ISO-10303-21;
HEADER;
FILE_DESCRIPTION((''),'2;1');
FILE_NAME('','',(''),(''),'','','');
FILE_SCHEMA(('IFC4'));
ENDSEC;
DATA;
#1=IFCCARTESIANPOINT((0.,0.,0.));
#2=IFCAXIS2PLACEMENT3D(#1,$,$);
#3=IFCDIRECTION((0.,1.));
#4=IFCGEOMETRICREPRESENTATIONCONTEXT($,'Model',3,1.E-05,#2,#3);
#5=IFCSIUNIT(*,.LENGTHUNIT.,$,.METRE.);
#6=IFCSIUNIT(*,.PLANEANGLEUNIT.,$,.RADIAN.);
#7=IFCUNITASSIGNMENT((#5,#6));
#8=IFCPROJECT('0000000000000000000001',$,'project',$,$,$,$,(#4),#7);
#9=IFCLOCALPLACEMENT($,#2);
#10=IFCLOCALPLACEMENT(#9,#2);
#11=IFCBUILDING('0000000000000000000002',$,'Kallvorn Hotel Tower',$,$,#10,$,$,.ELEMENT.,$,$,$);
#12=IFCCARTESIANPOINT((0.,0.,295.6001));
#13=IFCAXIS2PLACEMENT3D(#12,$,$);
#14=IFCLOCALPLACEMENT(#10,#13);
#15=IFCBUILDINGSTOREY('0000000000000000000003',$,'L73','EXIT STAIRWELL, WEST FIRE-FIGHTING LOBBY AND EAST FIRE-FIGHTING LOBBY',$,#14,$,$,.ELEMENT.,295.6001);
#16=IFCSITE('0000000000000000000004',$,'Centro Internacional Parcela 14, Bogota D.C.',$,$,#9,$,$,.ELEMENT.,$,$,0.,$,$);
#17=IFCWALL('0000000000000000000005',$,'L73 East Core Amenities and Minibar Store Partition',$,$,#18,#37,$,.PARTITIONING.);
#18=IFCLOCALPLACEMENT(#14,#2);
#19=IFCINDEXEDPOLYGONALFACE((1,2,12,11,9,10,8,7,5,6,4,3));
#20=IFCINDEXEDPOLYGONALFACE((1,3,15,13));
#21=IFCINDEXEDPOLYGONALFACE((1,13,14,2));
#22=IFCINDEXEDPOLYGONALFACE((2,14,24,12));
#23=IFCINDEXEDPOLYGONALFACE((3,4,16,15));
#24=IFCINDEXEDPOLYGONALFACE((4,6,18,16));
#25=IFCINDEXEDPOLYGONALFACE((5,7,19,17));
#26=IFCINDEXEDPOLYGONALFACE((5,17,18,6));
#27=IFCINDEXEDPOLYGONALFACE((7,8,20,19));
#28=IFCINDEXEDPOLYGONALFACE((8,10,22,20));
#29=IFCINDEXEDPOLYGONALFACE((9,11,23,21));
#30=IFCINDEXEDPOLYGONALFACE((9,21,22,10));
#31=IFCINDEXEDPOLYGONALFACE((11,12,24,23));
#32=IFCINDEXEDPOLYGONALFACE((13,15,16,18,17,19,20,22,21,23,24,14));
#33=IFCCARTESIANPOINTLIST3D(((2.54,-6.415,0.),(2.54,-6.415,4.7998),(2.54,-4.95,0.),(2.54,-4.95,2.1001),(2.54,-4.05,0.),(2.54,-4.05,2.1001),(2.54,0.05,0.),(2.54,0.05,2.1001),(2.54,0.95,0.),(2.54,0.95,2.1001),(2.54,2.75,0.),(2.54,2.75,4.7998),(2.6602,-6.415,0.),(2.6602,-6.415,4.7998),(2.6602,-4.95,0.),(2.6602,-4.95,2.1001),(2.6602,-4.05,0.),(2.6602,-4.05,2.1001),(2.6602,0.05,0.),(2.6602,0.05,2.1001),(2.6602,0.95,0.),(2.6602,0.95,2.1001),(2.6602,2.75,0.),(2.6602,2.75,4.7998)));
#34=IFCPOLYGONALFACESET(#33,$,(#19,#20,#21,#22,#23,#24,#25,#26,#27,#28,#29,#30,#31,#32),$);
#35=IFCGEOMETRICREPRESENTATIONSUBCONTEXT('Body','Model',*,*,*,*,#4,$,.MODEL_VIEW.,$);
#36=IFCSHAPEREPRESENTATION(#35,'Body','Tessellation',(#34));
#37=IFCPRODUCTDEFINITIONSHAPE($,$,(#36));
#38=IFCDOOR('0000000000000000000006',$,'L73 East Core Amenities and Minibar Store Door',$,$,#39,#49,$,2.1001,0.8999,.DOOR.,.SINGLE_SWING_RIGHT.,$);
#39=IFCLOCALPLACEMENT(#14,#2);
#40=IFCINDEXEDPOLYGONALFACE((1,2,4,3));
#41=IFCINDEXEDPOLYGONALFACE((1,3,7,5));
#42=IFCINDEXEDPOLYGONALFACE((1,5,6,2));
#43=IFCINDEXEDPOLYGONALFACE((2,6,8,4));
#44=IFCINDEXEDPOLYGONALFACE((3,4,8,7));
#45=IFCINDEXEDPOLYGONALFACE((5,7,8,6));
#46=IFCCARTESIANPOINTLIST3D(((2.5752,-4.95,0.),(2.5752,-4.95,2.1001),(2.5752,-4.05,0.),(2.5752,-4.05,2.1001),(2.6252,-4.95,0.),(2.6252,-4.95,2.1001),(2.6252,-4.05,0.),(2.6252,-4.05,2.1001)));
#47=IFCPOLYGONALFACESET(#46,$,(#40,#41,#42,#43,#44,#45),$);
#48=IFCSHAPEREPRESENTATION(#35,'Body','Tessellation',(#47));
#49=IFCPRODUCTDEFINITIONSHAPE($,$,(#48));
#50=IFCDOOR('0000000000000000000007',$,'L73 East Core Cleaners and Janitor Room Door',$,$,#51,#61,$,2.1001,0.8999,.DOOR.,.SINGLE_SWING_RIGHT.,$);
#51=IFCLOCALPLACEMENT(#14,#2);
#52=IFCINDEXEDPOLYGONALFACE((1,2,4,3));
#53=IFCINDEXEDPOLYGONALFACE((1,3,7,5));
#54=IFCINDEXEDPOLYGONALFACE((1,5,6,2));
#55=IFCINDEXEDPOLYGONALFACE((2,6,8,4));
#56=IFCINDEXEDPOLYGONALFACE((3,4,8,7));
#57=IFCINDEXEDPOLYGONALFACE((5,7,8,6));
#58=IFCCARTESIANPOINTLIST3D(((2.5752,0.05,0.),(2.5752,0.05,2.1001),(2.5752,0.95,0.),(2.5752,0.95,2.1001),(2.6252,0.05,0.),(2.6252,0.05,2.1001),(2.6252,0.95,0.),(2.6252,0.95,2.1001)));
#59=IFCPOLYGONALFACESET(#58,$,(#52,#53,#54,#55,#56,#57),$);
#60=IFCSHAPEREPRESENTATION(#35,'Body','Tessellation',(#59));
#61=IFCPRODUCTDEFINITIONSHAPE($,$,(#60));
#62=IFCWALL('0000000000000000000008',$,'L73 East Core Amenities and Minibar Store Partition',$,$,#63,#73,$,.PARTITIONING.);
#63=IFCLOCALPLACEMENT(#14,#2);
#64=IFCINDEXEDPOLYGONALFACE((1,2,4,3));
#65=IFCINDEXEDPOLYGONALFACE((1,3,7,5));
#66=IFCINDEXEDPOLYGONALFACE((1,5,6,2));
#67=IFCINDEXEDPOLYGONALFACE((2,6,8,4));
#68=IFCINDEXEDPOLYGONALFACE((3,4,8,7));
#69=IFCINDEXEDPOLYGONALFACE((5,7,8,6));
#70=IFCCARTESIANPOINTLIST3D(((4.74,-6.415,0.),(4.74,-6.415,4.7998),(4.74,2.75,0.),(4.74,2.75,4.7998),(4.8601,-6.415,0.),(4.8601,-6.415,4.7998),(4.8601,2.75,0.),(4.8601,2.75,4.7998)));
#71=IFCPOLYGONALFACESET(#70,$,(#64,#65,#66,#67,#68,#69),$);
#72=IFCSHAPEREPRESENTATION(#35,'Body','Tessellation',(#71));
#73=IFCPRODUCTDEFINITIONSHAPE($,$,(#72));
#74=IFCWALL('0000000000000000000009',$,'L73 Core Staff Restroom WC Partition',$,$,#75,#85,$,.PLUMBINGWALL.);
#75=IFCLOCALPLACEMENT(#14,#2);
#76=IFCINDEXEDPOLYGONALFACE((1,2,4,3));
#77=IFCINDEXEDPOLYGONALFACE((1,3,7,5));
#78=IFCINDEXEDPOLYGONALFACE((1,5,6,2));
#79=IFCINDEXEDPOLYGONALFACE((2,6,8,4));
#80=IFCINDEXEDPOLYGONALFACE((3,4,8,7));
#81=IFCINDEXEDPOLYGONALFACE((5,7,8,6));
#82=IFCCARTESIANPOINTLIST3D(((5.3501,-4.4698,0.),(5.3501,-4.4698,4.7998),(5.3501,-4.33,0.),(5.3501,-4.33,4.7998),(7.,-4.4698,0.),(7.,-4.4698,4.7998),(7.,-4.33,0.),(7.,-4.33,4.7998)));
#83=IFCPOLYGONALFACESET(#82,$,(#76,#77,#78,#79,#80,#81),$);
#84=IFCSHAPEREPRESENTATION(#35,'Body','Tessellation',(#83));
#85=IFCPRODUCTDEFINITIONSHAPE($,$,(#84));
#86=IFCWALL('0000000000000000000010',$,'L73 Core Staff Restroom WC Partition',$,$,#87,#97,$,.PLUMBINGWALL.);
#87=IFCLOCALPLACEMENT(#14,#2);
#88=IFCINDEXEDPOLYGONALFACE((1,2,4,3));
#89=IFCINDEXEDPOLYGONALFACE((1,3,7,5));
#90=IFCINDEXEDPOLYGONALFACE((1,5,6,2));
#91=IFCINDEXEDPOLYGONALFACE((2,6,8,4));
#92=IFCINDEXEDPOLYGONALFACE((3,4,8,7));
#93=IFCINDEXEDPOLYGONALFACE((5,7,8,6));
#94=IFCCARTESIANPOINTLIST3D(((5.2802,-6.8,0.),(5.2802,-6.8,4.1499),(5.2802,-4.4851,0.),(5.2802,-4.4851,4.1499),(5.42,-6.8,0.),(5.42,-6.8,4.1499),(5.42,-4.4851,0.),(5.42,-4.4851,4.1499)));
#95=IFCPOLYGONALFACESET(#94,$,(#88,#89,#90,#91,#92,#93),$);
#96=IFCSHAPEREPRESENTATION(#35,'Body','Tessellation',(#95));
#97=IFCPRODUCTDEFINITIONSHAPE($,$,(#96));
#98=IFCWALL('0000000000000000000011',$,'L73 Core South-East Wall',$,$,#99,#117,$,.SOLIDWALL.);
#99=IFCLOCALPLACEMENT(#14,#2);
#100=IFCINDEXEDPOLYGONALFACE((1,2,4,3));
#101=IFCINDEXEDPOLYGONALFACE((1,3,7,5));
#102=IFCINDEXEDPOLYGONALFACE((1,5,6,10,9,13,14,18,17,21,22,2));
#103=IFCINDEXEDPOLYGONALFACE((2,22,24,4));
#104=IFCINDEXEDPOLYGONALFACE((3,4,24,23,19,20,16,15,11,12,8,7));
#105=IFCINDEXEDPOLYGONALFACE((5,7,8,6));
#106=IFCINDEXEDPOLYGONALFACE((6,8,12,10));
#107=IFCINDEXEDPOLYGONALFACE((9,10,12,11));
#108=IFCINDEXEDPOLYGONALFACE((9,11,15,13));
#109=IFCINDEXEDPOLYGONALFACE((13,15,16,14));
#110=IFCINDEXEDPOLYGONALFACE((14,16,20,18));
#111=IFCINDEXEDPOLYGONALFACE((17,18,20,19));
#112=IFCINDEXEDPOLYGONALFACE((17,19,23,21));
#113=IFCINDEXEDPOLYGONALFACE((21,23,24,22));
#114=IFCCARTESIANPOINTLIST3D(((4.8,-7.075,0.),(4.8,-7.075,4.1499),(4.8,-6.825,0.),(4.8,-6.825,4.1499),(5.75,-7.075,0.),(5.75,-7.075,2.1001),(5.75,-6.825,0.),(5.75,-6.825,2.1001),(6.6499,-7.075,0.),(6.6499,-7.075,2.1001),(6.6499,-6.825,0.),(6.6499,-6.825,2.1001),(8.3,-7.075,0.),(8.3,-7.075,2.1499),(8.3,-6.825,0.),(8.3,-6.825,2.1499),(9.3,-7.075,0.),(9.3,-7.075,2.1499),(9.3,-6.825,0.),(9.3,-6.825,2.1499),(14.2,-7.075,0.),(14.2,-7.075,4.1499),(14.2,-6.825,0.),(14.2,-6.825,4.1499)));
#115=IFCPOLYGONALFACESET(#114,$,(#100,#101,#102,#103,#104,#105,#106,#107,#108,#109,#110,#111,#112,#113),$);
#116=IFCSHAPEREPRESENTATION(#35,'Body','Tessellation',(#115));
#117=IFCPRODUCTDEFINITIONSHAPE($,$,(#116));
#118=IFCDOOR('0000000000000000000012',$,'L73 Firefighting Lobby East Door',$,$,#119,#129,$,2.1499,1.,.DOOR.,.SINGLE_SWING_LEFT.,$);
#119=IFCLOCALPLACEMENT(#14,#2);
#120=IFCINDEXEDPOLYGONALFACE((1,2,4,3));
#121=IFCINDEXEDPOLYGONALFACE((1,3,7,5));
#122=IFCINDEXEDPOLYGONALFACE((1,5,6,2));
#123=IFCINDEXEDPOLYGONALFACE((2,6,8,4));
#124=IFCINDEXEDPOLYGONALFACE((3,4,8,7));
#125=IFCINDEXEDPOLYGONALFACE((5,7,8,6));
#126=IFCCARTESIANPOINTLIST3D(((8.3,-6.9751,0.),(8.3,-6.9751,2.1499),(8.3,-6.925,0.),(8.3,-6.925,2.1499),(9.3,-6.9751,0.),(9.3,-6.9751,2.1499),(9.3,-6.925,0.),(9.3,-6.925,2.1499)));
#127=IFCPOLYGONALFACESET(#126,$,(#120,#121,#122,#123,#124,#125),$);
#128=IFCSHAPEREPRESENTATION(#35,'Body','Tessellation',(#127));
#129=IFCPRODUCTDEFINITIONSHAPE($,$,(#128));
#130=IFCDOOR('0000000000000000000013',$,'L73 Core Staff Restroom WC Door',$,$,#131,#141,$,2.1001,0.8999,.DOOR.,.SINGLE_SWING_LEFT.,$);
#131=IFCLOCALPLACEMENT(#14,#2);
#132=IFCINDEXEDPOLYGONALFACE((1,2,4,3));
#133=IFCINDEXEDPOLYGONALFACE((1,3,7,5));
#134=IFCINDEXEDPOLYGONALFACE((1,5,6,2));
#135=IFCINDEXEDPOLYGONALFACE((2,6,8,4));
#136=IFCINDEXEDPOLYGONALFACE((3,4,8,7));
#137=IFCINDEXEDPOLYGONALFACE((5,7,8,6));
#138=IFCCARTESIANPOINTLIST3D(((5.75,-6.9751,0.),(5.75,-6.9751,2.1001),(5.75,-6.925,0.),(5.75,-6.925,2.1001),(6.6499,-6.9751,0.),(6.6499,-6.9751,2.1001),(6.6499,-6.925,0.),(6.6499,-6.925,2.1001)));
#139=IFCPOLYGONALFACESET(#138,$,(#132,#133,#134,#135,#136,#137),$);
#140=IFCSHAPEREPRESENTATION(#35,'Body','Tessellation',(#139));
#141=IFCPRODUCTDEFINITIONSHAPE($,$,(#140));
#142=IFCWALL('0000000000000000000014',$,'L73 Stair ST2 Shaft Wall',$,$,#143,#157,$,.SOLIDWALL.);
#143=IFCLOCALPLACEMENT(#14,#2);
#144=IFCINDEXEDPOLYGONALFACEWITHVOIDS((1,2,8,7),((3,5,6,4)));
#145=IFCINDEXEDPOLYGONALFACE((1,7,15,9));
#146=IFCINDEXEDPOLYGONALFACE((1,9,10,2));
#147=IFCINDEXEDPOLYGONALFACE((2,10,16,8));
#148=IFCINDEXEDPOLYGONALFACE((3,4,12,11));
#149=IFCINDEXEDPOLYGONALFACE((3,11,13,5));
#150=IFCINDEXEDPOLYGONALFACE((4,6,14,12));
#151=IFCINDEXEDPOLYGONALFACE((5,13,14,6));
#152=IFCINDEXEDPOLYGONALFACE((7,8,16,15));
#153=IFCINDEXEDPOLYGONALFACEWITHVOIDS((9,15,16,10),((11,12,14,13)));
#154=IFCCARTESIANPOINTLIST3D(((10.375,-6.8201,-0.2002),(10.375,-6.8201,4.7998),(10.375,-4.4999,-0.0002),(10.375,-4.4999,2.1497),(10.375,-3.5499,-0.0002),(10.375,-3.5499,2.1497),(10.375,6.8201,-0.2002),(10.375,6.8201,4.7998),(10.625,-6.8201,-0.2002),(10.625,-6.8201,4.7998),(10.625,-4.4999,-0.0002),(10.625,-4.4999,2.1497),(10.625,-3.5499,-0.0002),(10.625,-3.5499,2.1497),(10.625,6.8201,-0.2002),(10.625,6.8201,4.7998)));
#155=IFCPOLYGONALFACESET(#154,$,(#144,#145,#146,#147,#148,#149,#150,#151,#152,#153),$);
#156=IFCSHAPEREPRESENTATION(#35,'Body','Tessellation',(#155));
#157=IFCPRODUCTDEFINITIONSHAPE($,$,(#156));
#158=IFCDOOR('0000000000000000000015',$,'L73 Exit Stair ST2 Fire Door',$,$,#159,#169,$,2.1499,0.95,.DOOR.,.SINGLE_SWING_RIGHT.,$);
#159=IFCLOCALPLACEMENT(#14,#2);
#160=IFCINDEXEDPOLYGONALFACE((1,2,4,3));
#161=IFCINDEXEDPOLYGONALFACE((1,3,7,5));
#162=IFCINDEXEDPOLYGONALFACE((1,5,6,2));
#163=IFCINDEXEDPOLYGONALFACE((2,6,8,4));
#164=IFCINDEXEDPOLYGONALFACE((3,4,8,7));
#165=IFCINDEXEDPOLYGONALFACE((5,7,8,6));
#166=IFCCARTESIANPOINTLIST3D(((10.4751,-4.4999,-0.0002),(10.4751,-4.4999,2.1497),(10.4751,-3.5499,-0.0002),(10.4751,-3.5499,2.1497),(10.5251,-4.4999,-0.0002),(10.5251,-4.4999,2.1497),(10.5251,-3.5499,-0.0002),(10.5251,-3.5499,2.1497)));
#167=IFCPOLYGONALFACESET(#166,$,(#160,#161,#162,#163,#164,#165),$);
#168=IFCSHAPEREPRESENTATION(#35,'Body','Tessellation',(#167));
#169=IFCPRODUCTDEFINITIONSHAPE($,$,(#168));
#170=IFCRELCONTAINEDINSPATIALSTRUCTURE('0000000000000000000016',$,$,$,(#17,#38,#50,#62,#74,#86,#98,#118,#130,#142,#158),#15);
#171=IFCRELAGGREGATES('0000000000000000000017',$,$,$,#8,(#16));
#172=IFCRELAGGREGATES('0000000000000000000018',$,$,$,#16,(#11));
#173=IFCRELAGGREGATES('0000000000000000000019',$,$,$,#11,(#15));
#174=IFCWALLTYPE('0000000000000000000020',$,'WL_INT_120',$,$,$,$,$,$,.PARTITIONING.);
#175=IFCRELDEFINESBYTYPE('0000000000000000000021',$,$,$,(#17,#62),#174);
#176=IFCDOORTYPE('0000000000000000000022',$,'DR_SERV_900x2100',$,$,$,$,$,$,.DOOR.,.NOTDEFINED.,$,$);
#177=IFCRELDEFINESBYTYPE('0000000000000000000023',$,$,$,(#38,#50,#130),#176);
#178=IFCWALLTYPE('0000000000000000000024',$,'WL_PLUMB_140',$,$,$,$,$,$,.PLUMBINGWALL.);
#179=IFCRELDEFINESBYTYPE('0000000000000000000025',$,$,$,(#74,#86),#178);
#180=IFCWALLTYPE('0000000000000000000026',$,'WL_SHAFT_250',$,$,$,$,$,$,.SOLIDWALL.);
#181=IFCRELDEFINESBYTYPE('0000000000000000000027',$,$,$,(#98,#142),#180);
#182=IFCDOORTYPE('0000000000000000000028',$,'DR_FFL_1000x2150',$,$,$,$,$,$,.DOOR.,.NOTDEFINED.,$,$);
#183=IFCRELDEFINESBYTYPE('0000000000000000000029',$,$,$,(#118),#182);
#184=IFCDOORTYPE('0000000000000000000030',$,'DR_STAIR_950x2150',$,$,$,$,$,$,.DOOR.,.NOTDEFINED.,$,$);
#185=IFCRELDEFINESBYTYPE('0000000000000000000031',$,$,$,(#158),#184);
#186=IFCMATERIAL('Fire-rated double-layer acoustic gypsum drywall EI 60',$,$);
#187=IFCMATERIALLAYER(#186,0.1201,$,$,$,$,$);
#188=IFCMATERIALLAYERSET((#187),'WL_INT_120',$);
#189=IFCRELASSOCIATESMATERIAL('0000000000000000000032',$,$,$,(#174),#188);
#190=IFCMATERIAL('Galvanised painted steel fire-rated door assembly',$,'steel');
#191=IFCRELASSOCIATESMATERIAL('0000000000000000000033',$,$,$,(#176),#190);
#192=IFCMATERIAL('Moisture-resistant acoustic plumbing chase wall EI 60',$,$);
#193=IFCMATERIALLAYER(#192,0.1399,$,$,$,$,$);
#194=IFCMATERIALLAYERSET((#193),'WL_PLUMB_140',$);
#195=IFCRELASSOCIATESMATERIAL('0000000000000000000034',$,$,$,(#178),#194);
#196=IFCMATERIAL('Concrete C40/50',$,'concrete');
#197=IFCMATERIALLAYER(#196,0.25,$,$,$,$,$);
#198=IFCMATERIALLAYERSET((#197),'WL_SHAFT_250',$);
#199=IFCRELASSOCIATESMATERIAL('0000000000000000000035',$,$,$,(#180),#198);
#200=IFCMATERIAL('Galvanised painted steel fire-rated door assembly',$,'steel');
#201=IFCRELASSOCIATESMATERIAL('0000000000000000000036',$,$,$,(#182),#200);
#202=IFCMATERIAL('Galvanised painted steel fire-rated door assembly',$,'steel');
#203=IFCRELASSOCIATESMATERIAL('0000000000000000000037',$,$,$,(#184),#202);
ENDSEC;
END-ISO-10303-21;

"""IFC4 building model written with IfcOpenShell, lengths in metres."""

from ifc_helpers import new_model, si_unit, direction, frame, frame_2d, origin, place, context, subcontext, project, spatial, rectangle, extrude, material, layer, layer_set, type_object, element, fill, save


model = new_model("IFC4")

# Units and contexts
model_context = context("Model", 3, precision=1e-05, world=origin(), true_north=direction((0.0, 1.0)))
body_context = subcontext(model_context, "Body", "Model", "MODEL_VIEW")
ifc_project = project(units=[si_unit("LENGTHUNIT", "METRE"), si_unit("PLANEANGLEUNIT", "RADIAN")], contexts=[model_context])

# Site, building, storey
site_placement = place(None, origin())
site = spatial("IfcSite", under=ifc_project, at=site_placement, Name="Centro Internacional Parcela 14, Bogota D.C.", CompositionType="ELEMENT", RefElevation=0.0)
building_placement = place(site_placement, origin())
building = spatial("IfcBuilding", under=site, at=building_placement, Name="Kallvorn Hotel Tower", CompositionType="ELEMENT")
storey_placement = place(building_placement, frame((0.0, 0.0, 295.6001)))
storey = spatial("IfcBuildingStorey", under=building, at=storey_placement, Name="L73", Description="EXIT STAIRWELL, WEST FIRE-FIGHTING LOBBY AND EAST FIRE-FIGHTING LOBBY", CompositionType="ELEMENT", Elevation=295.6001)

# Shared definitions
ifc_material_1 = material(Name="Fire-rated double-layer acoustic gypsum drywall EI 60")
ifc_layer_1 = layer(ifc_material_1, 0.1201)
ifc_layer_set_1 = layer_set([ifc_layer_1], Name="WL_INT_120")
wall_type_1 = type_object("IfcWallType", Name="WL_INT_120", PredefinedType="PARTITIONING", material=ifc_layer_set_1)

# Shared definitions
ifc_material_2 = material(Name="Galvanised painted steel fire-rated door assembly", Category="steel")
door_type_1 = type_object("IfcDoorType", Name="DR_SERV_900x2100", OperationType="NOTDEFINED", PredefinedType="DOOR", material=ifc_material_2)

# Wall, openings, doors
wall_1_placement = place(storey_placement, frame((2.6001, -6.415, 0.0), z_axis=(0.0, 0.0, 1.0), x_axis=(0.0, 1.0, 0.0)))
wall_1 = element("IfcWall", 1, at=wall_1_placement, inside=storey, type_object=wall_type_1, Name="L73 East Core Amenities and Minibar Store Partition", PredefinedType="PARTITIONING", context=body_context, shape_type="SweptSolid", body=[
    extrude(rectangle(XDim=9.165, YDim=0.1201, at=frame_2d((4.5825, 0.0))), origin(), (0.0, 0.0, 1.0), 4.7998),
])
opening_1_placement = place(wall_1_placement, frame((1.4651, 0.0, 0.0)))
opening_1 = element("IfcOpeningElement", 2, at=opening_1_placement, cuts=wall_1, PredefinedType="OPENING", context=body_context, shape_type="SweptSolid", body=[
    extrude(rectangle(XDim=0.8999, YDim=2.1001, at=frame_2d((0.45, 1.05))), frame((0.0, 0.075, 0.0), z_axis=(0.0, -1.0, 0.0), x_axis=(1.0, 0.0, 0.0)), (0.0, 0.0, 1.0), 0.1501),
])
opening_2_placement = place(wall_1_placement, frame((6.4651, 0.0, 0.0)))
opening_2 = element("IfcOpeningElement", 3, at=opening_2_placement, cuts=wall_1, PredefinedType="OPENING", context=body_context, shape_type="SweptSolid", body=[
    extrude(rectangle(XDim=0.8999, YDim=2.1001, at=frame_2d((0.45, 1.05))), frame((0.0, 0.075, 0.0), z_axis=(0.0, -1.0, 0.0), x_axis=(1.0, 0.0, 0.0)), (0.0, 0.0, 1.0), 0.1501),
])
door_1_placement = place(opening_1_placement, origin())
door_1 = element("IfcDoor", 4, at=door_1_placement, inside=storey, type_object=door_type_1, Name="L73 East Core Amenities and Minibar Store Door", OperationType="SINGLE_SWING_RIGHT", OverallHeight=2.1001, OverallWidth=0.8999, PredefinedType="DOOR", context=body_context, shape_type="SweptSolid", body=[
    extrude(rectangle(XDim=0.8999, YDim=2.1001, at=frame_2d((0.45, 1.05))), frame((0.0, 0.0249, 0.0), z_axis=(0.0, -1.0, 0.0), x_axis=(1.0, 0.0, 0.0)), (0.0, 0.0, 1.0), 0.05),
])
fill(opening_1, door_1)
door_2_placement = place(opening_2_placement, origin())
door_2 = element("IfcDoor", 5, at=door_2_placement, inside=storey, type_object=door_type_1, Name="L73 East Core Cleaners and Janitor Room Door", OperationType="SINGLE_SWING_RIGHT", OverallHeight=2.1001, OverallWidth=0.8999, PredefinedType="DOOR", context=body_context, shape_type="SweptSolid", body=[
    extrude(rectangle(XDim=0.8999, YDim=2.1001, at=frame_2d((0.45, 1.05))), frame((0.0, 0.0249, 0.0), z_axis=(0.0, -1.0, 0.0), x_axis=(1.0, 0.0, 0.0)), (0.0, 0.0, 1.0), 0.05),
])
fill(opening_2, door_2)

# Walls
wall_2_placement = place(storey_placement, frame((4.8, -6.415, 0.0), z_axis=(0.0, 0.0, 1.0), x_axis=(0.0, 1.0, 0.0)))
element("IfcWall", 6, at=wall_2_placement, inside=storey, type_object=wall_type_1, Name="L73 East Core Amenities and Minibar Store Partition", PredefinedType="PARTITIONING", context=body_context, shape_type="SweptSolid", body=[
    extrude(rectangle(XDim=9.165, YDim=0.1201, at=frame_2d((4.5825, 0.0))), origin(), (0.0, 0.0, 1.0), 4.7998),
])
ifc_material_3 = material(Name="Moisture-resistant acoustic plumbing chase wall EI 60")
ifc_layer_2 = layer(ifc_material_3, 0.1399)
ifc_layer_set_2 = layer_set([ifc_layer_2], Name="WL_PLUMB_140")
wall_type_2 = type_object("IfcWallType", Name="WL_PLUMB_140", PredefinedType="PLUMBINGWALL", material=ifc_layer_set_2)
wall_3_placement = place(storey_placement, frame((5.3501, -4.3999, 0.0), z_axis=(0.0, 0.0, 1.0), x_axis=(1.0, 0.0, 0.0)))
element("IfcWall", 7, at=wall_3_placement, inside=storey, type_object=wall_type_2, Name="L73 Core Staff Restroom WC Partition", PredefinedType="PLUMBINGWALL", context=body_context, shape_type="SweptSolid", body=[
    extrude(rectangle(XDim=1.6499, YDim=0.1399, at=frame_2d((0.825, 0.0))), origin(), (0.0, 0.0, 1.0), 4.7998),
])
wall_4_placement = place(storey_placement, frame((5.3501, -6.8, 0.0), z_axis=(0.0, 0.0, 1.0), x_axis=(0.0, 1.0, 0.0)))
element("IfcWall", 8, at=wall_4_placement, inside=storey, type_object=wall_type_2, Name="L73 Core Staff Restroom WC Partition", PredefinedType="PLUMBINGWALL", context=body_context, shape_type="SweptSolid", body=[
    extrude(rectangle(XDim=2.3149, YDim=0.1399, at=frame_2d((1.1575, 0.0))), origin(), (0.0, 0.0, 1.0), 4.1499),
])

# Wall, openings, doors
ifc_material_4 = material(Name="Concrete C40/50", Category="concrete")
ifc_layer_3 = layer(ifc_material_4, 0.25)
ifc_layer_set_3 = layer_set([ifc_layer_3], Name="WL_SHAFT_250")
wall_type_3 = type_object("IfcWallType", Name="WL_SHAFT_250", PredefinedType="SOLIDWALL", material=ifc_layer_set_3)
wall_5_placement = place(storey_placement, frame((4.8, -6.95, 0.0), z_axis=(0.0, 0.0, 1.0), x_axis=(1.0, 0.0, 0.0)))
wall_5 = element("IfcWall", 9, at=wall_5_placement, inside=storey, type_object=wall_type_3, Name="L73 Core South-East Wall", PredefinedType="SOLIDWALL", context=body_context, shape_type="SweptSolid", body=[
    extrude(rectangle(XDim=9.3999, YDim=0.25, at=frame_2d((4.7, 0.0))), origin(), (0.0, 0.0, 1.0), 4.1499),
])
opening_3_placement = place(wall_5_placement, frame((3.5, 0.0, 0.0)))
opening_3 = element("IfcOpeningElement", 10, at=opening_3_placement, cuts=wall_5, PredefinedType="OPENING", context=body_context, shape_type="SweptSolid", body=[
    extrude(rectangle(XDim=1.0, YDim=2.1499, at=frame_2d((0.5, 1.075))), frame((0.0, 0.1399, 0.0), z_axis=(0.0, -1.0, 0.0), x_axis=(1.0, 0.0, 0.0)), (0.0, 0.0, 1.0), 0.28),
])
opening_4_placement = place(wall_5_placement, frame((0.95, 0.0, 0.0)))
opening_4 = element("IfcOpeningElement", 11, at=opening_4_placement, cuts=wall_5, PredefinedType="OPENING", context=body_context, shape_type="SweptSolid", body=[
    extrude(rectangle(XDim=0.8999, YDim=2.1001, at=frame_2d((0.45, 1.05))), frame((0.0, 0.1399, 0.0), z_axis=(0.0, -1.0, 0.0), x_axis=(1.0, 0.0, 0.0)), (0.0, 0.0, 1.0), 0.28),
])
ifc_material_5 = material(Name="Galvanised painted steel fire-rated door assembly", Category="steel")
door_type_2 = type_object("IfcDoorType", Name="DR_FFL_1000x2150", OperationType="NOTDEFINED", PredefinedType="DOOR", material=ifc_material_5)
door_3_placement = place(opening_3_placement, origin())
door_3 = element("IfcDoor", 12, at=door_3_placement, inside=storey, type_object=door_type_2, Name="L73 Firefighting Lobby East Door", OperationType="SINGLE_SWING_LEFT", OverallHeight=2.1499, OverallWidth=1.0, PredefinedType="DOOR", context=body_context, shape_type="SweptSolid", body=[
    extrude(rectangle(XDim=1.0, YDim=2.1499, at=frame_2d((0.5, 1.075))), frame((0.0, 0.0249, 0.0), z_axis=(0.0, -1.0, 0.0), x_axis=(1.0, 0.0, 0.0)), (0.0, 0.0, 1.0), 0.05),
])
fill(opening_3, door_3)
door_4_placement = place(opening_4_placement, origin())
door_4 = element("IfcDoor", 13, at=door_4_placement, inside=storey, type_object=door_type_1, Name="L73 Core Staff Restroom WC Door", OperationType="SINGLE_SWING_LEFT", OverallHeight=2.1001, OverallWidth=0.8999, PredefinedType="DOOR", context=body_context, shape_type="SweptSolid", body=[
    extrude(rectangle(XDim=0.8999, YDim=2.1001, at=frame_2d((0.45, 1.05))), frame((0.0, 0.0249, 0.0), z_axis=(0.0, -1.0, 0.0), x_axis=(1.0, 0.0, 0.0)), (0.0, 0.0, 1.0), 0.05),
])
fill(opening_4, door_4)

# Wall, opening, door
wall_6_placement = place(storey_placement, frame((10.5, -6.8201, -0.2002), z_axis=(0.0, 0.0, 1.0), x_axis=(0.0, 1.0, 0.0)))
wall_6 = element("IfcWall", 14, at=wall_6_placement, inside=storey, type_object=wall_type_3, Name="L73 Stair ST2 Shaft Wall", PredefinedType="SOLIDWALL", context=body_context, shape_type="SweptSolid", body=[
    extrude(rectangle(XDim=13.6401, YDim=0.25, at=frame_2d((6.8201, 0.0))), origin(), (0.0, 0.0, 1.0), 5.0),
])
opening_5_placement = place(wall_6_placement, frame((2.3201, 0.0, 0.2)))
opening_5 = element("IfcOpeningElement", 15, at=opening_5_placement, cuts=wall_6, PredefinedType="OPENING", context=body_context, shape_type="SweptSolid", body=[
    extrude(rectangle(XDim=0.95, YDim=2.1499, at=frame_2d((0.4751, 1.075))), frame((0.0, 0.1399, 0.0), z_axis=(0.0, -1.0, 0.0), x_axis=(1.0, 0.0, 0.0)), (0.0, 0.0, 1.0), 0.28),
])
ifc_material_6 = material(Name="Galvanised painted steel fire-rated door assembly", Category="steel")
door_type_3 = type_object("IfcDoorType", Name="DR_STAIR_950x2150", OperationType="NOTDEFINED", PredefinedType="DOOR", material=ifc_material_6)
door_5_placement = place(opening_5_placement, origin())
door_5 = element("IfcDoor", 16, at=door_5_placement, inside=storey, type_object=door_type_3, Name="L73 Exit Stair ST2 Fire Door", OperationType="SINGLE_SWING_RIGHT", OverallHeight=2.1499, OverallWidth=0.95, PredefinedType="DOOR", context=body_context, shape_type="SweptSolid", body=[
    extrude(rectangle(XDim=0.95, YDim=2.1499, at=frame_2d((0.4751, 1.075))), frame((0.0, 0.0249, 0.0), z_axis=(0.0, -1.0, 0.0), x_axis=(1.0, 0.0, 0.0)), (0.0, 0.0, 1.0), 0.05),
])
fill(opening_5, door_5)

save(model, "model.ifc")
